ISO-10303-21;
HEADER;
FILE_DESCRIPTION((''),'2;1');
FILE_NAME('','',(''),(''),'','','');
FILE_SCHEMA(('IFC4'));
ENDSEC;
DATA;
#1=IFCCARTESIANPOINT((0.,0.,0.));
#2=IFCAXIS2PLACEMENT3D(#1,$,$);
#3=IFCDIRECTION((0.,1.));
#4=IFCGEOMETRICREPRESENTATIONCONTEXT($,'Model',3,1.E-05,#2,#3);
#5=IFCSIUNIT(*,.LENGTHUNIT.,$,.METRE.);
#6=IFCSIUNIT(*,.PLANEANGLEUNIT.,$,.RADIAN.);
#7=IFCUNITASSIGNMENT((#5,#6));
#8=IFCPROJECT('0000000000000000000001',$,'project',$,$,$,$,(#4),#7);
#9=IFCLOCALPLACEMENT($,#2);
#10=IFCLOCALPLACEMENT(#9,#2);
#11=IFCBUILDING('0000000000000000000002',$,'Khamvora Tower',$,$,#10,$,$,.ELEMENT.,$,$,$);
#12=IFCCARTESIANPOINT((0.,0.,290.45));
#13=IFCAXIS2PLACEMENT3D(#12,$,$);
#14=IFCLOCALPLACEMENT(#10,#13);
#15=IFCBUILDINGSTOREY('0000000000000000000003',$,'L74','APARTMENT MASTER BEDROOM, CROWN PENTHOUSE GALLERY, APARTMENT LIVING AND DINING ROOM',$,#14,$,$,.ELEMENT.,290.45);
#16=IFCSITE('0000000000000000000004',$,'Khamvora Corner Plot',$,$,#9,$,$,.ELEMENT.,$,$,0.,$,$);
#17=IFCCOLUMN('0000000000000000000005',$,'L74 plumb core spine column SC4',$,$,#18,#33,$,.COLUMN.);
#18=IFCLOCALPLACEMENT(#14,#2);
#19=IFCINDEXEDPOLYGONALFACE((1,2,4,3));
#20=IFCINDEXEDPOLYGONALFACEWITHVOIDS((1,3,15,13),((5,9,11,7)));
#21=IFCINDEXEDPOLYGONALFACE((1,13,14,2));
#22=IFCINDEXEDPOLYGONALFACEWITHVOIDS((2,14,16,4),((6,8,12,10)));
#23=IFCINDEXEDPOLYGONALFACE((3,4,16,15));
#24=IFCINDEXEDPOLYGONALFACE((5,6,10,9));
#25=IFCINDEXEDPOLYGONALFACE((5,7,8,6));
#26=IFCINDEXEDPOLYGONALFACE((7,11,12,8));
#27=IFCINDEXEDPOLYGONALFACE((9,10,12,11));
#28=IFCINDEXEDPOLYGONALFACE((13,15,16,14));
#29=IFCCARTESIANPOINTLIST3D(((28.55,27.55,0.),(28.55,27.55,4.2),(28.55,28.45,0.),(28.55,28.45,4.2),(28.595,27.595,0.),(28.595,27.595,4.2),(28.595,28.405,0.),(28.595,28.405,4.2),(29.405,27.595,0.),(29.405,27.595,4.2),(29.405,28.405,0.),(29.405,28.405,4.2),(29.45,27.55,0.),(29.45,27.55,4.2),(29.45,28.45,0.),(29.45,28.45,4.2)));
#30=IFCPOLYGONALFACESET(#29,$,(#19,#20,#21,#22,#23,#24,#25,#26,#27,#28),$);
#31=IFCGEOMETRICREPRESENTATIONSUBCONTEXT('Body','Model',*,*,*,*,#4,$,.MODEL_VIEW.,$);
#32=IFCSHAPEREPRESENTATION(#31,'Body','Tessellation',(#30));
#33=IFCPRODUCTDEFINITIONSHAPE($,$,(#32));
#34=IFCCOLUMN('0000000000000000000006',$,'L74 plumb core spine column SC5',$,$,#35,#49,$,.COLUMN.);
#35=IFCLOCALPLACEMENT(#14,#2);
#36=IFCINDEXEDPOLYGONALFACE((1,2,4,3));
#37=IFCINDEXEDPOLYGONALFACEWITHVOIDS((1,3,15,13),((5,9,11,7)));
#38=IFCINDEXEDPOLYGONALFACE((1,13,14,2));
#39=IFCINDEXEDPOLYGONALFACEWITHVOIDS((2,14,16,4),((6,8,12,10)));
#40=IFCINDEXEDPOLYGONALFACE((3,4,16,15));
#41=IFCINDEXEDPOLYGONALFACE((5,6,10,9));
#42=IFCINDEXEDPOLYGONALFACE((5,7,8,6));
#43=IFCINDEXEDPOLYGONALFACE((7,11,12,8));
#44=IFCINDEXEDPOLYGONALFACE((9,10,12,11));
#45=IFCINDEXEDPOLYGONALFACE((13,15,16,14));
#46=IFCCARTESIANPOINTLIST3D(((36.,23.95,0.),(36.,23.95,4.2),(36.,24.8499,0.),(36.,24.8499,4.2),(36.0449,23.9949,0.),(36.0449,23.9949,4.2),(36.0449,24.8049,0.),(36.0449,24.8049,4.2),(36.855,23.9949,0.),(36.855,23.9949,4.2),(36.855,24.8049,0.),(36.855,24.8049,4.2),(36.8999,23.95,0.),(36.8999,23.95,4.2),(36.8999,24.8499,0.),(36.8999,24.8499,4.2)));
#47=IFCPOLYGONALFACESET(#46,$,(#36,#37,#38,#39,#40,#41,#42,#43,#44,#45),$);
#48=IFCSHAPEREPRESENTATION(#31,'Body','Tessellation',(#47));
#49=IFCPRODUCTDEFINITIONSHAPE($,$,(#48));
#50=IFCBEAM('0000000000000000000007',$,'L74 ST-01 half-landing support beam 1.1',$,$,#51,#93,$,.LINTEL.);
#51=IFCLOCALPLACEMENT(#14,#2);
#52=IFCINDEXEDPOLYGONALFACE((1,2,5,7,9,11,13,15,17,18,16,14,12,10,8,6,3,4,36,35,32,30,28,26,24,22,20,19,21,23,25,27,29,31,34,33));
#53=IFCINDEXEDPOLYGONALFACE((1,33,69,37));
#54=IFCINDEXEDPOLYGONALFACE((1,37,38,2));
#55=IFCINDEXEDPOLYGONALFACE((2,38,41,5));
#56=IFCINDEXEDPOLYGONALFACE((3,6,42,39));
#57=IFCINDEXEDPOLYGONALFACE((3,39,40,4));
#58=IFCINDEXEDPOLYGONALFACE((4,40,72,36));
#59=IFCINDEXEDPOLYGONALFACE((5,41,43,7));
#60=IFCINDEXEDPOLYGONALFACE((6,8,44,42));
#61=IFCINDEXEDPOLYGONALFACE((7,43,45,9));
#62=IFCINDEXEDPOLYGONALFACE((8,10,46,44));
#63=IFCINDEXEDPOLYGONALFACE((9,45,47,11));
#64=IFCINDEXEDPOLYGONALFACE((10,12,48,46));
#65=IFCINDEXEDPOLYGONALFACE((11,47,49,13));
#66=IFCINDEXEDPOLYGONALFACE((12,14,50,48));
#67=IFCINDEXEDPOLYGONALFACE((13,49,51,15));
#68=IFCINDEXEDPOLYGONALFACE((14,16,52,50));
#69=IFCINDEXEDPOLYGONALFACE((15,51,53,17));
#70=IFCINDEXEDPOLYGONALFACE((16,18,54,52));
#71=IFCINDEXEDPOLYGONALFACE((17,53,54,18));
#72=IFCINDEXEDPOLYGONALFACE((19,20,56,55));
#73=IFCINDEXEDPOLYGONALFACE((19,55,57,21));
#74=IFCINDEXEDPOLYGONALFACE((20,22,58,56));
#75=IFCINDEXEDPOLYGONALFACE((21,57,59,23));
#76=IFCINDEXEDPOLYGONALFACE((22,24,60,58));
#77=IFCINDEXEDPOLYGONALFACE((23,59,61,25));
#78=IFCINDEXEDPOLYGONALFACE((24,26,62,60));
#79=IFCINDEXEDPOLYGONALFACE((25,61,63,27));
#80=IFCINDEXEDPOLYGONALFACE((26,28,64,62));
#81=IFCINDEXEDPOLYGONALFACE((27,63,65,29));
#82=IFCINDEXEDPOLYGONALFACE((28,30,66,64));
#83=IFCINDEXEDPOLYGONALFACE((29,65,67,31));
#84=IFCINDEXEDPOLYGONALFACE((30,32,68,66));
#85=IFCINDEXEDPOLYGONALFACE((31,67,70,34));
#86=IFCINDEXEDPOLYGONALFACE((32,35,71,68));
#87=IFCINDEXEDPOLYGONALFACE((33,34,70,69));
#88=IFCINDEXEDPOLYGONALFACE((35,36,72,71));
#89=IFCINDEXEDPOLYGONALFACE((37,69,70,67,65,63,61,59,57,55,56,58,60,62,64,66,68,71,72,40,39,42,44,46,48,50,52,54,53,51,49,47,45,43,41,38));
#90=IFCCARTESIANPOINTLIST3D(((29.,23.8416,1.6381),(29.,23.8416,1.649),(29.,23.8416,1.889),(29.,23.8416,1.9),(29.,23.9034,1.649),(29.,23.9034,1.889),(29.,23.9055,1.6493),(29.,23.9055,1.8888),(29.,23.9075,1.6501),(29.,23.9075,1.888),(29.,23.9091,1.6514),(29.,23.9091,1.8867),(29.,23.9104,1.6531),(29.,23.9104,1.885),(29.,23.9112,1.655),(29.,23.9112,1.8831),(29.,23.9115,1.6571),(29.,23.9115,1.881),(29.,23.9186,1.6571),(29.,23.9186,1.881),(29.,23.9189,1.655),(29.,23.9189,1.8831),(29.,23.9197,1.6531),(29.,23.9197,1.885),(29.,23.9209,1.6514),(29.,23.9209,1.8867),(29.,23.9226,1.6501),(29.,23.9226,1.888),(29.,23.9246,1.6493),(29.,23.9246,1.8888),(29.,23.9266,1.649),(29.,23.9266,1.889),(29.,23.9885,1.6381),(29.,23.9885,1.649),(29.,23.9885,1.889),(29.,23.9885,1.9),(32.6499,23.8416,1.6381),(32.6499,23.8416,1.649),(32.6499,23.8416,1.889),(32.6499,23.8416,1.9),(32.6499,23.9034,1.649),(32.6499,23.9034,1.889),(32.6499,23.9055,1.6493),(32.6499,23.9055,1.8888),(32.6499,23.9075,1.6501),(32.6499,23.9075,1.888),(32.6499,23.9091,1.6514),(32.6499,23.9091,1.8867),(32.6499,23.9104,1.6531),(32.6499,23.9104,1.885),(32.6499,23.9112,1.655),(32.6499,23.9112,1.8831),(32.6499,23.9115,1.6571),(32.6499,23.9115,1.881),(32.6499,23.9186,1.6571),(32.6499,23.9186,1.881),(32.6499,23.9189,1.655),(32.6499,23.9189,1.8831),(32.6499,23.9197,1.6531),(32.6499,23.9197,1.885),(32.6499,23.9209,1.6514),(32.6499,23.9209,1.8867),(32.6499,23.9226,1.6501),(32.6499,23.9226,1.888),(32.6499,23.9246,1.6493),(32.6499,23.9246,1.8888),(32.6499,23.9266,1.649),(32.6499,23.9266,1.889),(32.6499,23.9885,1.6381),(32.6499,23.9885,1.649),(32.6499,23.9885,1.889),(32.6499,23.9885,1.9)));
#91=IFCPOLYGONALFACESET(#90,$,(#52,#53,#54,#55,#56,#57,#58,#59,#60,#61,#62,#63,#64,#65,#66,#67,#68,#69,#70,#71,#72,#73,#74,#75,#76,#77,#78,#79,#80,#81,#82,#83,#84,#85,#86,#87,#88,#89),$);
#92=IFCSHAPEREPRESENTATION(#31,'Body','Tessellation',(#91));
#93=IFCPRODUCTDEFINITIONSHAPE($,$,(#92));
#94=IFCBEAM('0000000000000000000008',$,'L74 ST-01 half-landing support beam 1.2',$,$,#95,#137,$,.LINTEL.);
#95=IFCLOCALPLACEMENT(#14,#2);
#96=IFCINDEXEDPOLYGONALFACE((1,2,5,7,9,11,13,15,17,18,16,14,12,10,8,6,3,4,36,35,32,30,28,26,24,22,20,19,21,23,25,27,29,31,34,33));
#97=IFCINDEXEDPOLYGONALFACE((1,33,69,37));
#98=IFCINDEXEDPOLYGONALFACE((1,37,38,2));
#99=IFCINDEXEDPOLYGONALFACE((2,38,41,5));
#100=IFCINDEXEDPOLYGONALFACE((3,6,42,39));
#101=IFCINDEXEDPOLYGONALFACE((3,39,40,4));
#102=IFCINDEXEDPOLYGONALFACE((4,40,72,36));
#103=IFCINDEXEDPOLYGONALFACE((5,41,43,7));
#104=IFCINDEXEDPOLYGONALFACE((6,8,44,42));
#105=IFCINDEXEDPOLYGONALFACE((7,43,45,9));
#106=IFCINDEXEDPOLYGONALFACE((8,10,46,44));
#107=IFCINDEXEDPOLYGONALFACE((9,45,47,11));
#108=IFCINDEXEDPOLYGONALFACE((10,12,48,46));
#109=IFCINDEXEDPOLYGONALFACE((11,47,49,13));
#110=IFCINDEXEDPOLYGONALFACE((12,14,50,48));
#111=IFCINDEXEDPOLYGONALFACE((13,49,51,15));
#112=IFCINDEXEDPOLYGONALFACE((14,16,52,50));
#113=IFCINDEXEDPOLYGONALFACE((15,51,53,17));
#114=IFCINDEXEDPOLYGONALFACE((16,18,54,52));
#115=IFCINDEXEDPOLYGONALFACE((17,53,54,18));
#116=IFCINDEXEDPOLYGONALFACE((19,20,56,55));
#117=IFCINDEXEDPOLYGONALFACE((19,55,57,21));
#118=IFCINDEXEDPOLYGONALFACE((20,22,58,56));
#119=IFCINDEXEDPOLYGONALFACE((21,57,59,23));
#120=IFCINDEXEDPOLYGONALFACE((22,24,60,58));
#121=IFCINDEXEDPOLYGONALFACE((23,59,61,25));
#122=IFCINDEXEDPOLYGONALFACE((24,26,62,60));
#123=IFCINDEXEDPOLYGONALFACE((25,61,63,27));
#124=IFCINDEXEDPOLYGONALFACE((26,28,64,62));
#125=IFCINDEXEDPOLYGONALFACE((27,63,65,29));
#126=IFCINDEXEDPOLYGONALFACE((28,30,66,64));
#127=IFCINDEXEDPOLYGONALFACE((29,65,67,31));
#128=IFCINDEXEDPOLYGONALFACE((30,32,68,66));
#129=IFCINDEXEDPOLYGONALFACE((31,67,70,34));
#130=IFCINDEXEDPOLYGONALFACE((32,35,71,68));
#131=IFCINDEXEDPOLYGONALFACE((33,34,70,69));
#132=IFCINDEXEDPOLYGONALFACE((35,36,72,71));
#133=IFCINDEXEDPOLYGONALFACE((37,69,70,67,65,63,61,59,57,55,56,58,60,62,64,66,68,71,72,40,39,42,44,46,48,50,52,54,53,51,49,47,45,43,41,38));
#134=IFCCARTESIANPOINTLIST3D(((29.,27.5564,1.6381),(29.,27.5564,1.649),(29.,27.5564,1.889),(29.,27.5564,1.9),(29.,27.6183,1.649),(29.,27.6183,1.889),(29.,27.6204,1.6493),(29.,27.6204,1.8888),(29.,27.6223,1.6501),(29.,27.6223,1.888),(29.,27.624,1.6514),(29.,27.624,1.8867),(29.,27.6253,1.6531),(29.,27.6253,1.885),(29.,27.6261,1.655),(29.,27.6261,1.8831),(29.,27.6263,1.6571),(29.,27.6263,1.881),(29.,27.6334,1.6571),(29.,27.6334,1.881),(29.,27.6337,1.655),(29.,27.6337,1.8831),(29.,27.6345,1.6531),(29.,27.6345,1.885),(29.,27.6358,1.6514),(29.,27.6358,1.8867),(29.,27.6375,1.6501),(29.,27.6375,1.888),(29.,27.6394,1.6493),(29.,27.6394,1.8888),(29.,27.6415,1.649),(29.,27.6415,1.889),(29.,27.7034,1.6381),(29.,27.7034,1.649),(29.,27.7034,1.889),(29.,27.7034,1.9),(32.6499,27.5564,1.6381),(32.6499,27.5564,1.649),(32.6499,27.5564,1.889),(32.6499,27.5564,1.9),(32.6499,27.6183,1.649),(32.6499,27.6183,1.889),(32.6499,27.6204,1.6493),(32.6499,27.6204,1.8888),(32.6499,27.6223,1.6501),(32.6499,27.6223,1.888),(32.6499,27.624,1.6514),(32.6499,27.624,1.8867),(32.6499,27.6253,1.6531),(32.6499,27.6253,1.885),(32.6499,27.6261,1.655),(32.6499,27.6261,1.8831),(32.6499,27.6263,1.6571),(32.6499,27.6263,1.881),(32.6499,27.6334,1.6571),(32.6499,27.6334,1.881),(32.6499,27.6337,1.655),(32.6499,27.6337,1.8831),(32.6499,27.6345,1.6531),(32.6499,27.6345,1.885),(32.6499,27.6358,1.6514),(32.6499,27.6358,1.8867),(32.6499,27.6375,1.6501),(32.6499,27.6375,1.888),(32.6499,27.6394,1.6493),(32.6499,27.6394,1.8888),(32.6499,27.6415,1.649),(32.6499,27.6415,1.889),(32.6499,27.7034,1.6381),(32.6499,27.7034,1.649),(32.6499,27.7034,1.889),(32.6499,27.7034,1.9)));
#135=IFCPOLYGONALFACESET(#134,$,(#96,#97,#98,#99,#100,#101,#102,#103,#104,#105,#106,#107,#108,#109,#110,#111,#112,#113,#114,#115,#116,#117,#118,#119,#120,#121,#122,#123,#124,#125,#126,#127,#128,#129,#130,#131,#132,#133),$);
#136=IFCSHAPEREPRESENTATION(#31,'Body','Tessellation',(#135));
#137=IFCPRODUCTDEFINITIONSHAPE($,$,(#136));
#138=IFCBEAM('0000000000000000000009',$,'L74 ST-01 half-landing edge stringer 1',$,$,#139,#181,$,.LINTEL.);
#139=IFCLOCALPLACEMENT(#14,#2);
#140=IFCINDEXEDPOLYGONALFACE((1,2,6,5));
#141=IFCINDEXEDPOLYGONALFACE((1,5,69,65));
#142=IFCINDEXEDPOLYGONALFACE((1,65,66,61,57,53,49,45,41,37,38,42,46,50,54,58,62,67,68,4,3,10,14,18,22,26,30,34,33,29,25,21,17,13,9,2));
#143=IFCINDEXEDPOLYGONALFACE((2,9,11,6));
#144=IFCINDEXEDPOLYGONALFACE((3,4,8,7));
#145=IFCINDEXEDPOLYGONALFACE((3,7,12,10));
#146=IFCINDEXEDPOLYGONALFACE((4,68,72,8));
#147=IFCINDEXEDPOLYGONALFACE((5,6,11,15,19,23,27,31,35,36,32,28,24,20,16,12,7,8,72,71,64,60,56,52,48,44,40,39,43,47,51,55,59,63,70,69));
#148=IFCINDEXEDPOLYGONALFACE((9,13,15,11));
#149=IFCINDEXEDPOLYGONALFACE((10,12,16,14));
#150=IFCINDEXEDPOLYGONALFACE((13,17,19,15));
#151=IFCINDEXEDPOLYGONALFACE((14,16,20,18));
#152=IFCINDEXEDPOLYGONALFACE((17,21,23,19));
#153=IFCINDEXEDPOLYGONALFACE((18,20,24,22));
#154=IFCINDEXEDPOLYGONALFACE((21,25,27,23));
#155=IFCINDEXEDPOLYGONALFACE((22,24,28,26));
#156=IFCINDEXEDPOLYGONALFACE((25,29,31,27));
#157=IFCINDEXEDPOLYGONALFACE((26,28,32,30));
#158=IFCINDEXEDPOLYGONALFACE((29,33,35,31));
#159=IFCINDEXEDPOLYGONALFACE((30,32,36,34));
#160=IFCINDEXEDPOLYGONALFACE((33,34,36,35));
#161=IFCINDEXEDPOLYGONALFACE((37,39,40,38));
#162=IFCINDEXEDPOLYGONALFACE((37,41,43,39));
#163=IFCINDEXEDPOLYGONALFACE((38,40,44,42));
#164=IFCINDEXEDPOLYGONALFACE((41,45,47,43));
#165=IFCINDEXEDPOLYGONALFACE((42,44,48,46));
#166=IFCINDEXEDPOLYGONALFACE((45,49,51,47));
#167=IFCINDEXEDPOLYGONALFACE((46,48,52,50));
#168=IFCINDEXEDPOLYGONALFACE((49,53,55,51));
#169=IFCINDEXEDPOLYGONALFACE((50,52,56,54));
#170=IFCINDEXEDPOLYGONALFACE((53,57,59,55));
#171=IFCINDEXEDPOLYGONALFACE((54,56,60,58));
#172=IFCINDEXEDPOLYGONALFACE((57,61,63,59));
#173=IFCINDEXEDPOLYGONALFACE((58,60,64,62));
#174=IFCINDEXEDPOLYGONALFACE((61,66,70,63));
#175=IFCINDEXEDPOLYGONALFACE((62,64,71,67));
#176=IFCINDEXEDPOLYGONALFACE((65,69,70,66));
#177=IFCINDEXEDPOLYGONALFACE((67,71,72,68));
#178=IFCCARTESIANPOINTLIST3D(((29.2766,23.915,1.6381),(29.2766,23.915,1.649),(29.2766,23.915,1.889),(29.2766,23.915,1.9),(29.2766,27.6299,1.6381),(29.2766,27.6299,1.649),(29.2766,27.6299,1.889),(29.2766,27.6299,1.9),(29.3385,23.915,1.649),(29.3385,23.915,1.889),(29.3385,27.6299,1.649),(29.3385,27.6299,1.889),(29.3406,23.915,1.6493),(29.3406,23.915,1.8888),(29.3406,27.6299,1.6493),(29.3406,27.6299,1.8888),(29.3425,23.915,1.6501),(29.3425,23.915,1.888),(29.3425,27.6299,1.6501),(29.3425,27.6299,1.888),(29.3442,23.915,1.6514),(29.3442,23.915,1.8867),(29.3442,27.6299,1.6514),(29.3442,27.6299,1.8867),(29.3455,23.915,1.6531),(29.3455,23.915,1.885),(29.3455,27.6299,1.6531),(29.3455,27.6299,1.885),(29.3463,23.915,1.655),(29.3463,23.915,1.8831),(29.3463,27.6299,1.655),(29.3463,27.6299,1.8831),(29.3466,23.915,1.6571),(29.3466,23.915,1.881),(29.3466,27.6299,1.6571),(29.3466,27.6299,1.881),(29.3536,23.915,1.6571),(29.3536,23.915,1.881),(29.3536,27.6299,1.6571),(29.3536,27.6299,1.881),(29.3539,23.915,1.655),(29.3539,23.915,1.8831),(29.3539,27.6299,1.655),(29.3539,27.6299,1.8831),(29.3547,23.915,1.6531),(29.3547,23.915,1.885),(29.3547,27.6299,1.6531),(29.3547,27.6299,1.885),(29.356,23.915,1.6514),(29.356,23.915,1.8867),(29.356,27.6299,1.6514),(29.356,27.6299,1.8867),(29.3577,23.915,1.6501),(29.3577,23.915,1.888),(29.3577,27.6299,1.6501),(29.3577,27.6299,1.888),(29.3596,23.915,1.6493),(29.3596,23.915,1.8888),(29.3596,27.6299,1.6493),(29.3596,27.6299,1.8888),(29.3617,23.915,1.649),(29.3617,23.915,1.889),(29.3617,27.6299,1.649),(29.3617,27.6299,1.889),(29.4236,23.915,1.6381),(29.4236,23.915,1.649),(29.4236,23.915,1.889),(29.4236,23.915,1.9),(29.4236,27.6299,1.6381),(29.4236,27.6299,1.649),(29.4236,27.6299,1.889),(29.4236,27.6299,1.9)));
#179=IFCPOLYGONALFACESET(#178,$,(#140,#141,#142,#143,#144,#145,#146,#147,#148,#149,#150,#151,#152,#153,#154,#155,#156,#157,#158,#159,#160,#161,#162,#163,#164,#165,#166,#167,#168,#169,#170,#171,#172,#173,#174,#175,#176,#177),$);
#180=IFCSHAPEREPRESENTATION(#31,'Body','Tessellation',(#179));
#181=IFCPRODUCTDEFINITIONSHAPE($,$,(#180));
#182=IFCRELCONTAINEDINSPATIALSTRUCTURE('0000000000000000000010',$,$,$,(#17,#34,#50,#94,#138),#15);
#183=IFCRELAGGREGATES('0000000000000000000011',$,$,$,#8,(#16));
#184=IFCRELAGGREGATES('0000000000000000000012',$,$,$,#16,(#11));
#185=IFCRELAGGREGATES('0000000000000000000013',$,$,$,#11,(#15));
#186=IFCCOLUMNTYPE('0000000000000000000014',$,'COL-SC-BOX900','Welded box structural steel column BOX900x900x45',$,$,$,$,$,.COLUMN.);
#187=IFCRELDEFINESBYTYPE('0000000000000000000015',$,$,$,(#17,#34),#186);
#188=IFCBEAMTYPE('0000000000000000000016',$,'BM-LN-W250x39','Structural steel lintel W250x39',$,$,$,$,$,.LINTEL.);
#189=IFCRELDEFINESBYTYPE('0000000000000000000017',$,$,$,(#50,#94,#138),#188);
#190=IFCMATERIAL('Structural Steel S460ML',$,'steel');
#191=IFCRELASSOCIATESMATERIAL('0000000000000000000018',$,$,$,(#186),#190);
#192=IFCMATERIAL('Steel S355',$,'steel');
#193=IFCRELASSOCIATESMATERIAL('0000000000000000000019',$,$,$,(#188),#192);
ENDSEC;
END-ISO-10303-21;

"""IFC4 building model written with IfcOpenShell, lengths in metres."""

from ifc_helpers import new_model, si_unit, direction, frame, origin, origin_2d, place, context, subcontext, project, spatial, hollow_rectangle, i_section, extrude, material, material_profile, profile_set, type_object, element, save


model = new_model("IFC4")

# Units and contexts
model_context = context("Model", 3, precision=1e-05, world=origin(), true_north=direction((0.0, 1.0)))
body_context = subcontext(model_context, "Body", "Model", "MODEL_VIEW")
ifc_project = project(units=[si_unit("LENGTHUNIT", "METRE"), si_unit("PLANEANGLEUNIT", "RADIAN")], contexts=[model_context])

# Site, building, storey
site_placement = place(None, origin())
site = spatial("IfcSite", under=ifc_project, at=site_placement, Name="Khamvora Corner Plot", CompositionType="ELEMENT", RefElevation=0.0)
building_placement = place(site_placement, origin())
building = spatial("IfcBuilding", under=site, at=building_placement, Name="Khamvora Tower", CompositionType="ELEMENT")
storey_placement = place(building_placement, frame((0.0, 0.0, 290.45)))
storey = spatial("IfcBuildingStorey", under=building, at=storey_placement, Name="L74", Description="APARTMENT MASTER BEDROOM, CROWN PENTHOUSE GALLERY, APARTMENT LIVING AND DINING ROOM", CompositionType="ELEMENT", Elevation=290.45)

# Columns
ifc_material_1 = material(Name="Structural Steel S460ML", Category="steel")
ifc_material_profile_1 = material_profile(ifc_material_1, hollow_rectangle(XDim=0.8999, YDim=0.8999, WallThickness=0.0449, at=origin_2d()), Name="BOX900x900x45")
ifc_profile_set_1 = profile_set([ifc_material_profile_1], Name="Structural Steel S460ML")
column_type = type_object("IfcColumnType", Name="COL-SC-BOX900", Description="Welded box structural steel column BOX900x900x45", PredefinedType="COLUMN", material=ifc_profile_set_1)
for number, where, z_axis, x_axis, name in (
    (1, (29.0, 28.0, 0.0), (0.0, 0.0, 1.0), (1.0, 0.0, 0.0), "L74 plumb core spine column SC4"),
    (2, (36.45, 24.3999, 0.0), (0.0, 0.0, 1.0), (1.0, 0.0, 0.0), "L74 plumb core spine column SC5"),
):
    element("IfcColumn", number, at=place(storey_placement, frame(where, z_axis=z_axis, x_axis=x_axis)), inside=storey, type_object=column_type, Name=name, PredefinedType="COLUMN", context=body_context, shape_type="SweptSolid", body=[
        extrude(hollow_rectangle(XDim=0.8999, YDim=0.8999, WallThickness=0.0449, at=origin_2d()), origin(), (0.0, 0.0, 1.0), 4.2),
    ])

# Beams
ifc_material_2 = material(Name="Steel S355", Category="steel")
ifc_material_profile_2 = material_profile(ifc_material_2, i_section(OverallWidth=0.147, OverallDepth=0.262, WebThickness=0.0071, FlangeThickness=0.011, FilletRadius=0.0081, at=origin_2d()), Name="W250x39")
ifc_profile_set_2 = profile_set([ifc_material_profile_2], Name="Steel S355")
beam_type_1 = type_object("IfcBeamType", Name="BM-LN-W250x39", Description="Structural steel lintel W250x39", PredefinedType="LINTEL", material=ifc_profile_set_2)
for number, where, z_axis, x_axis, name in (
    (3, (29.0, 23.915, 1.769), (1.0, 0.0, 0.0), (0.0, 1.0, 0.0), "L74 ST-01 half-landing support beam 1.1"),
    (4, (29.0, 27.6299, 1.769), (1.0, 0.0, 0.0), (0.0, 1.0, 0.0), "L74 ST-01 half-landing support beam 1.2"),
):
    element("IfcBeam", number, at=place(storey_placement, frame(where, z_axis=z_axis, x_axis=x_axis)), inside=storey, type_object=beam_type_1, Name=name, PredefinedType="LINTEL", context=body_context, shape_type="SweptSolid", body=[
        extrude(i_section(OverallWidth=0.147, OverallDepth=0.262, WebThickness=0.0071, FlangeThickness=0.011, FilletRadius=0.0081, at=origin_2d()), origin(), (0.0, 0.0, 1.0), 3.6499),
    ])
beam_1_placement = place(storey_placement, frame((29.3501, 23.915, 1.769), z_axis=(0.0, 1.0, 0.0), x_axis=(-1.0, 0.0, 0.0)))
element("IfcBeam", 5, at=beam_1_placement, inside=storey, type_object=beam_type_1, Name="L74 ST-01 half-landing edge stringer 1", PredefinedType="LINTEL", context=body_context, shape_type="SweptSolid", body=[
    extrude(i_section(OverallWidth=0.147, OverallDepth=0.262, WebThickness=0.0071, FlangeThickness=0.011, FilletRadius=0.0081, at=origin_2d()), origin(), (0.0, 0.0, 1.0), 3.7148),
])

save(model, "model.ifc")
